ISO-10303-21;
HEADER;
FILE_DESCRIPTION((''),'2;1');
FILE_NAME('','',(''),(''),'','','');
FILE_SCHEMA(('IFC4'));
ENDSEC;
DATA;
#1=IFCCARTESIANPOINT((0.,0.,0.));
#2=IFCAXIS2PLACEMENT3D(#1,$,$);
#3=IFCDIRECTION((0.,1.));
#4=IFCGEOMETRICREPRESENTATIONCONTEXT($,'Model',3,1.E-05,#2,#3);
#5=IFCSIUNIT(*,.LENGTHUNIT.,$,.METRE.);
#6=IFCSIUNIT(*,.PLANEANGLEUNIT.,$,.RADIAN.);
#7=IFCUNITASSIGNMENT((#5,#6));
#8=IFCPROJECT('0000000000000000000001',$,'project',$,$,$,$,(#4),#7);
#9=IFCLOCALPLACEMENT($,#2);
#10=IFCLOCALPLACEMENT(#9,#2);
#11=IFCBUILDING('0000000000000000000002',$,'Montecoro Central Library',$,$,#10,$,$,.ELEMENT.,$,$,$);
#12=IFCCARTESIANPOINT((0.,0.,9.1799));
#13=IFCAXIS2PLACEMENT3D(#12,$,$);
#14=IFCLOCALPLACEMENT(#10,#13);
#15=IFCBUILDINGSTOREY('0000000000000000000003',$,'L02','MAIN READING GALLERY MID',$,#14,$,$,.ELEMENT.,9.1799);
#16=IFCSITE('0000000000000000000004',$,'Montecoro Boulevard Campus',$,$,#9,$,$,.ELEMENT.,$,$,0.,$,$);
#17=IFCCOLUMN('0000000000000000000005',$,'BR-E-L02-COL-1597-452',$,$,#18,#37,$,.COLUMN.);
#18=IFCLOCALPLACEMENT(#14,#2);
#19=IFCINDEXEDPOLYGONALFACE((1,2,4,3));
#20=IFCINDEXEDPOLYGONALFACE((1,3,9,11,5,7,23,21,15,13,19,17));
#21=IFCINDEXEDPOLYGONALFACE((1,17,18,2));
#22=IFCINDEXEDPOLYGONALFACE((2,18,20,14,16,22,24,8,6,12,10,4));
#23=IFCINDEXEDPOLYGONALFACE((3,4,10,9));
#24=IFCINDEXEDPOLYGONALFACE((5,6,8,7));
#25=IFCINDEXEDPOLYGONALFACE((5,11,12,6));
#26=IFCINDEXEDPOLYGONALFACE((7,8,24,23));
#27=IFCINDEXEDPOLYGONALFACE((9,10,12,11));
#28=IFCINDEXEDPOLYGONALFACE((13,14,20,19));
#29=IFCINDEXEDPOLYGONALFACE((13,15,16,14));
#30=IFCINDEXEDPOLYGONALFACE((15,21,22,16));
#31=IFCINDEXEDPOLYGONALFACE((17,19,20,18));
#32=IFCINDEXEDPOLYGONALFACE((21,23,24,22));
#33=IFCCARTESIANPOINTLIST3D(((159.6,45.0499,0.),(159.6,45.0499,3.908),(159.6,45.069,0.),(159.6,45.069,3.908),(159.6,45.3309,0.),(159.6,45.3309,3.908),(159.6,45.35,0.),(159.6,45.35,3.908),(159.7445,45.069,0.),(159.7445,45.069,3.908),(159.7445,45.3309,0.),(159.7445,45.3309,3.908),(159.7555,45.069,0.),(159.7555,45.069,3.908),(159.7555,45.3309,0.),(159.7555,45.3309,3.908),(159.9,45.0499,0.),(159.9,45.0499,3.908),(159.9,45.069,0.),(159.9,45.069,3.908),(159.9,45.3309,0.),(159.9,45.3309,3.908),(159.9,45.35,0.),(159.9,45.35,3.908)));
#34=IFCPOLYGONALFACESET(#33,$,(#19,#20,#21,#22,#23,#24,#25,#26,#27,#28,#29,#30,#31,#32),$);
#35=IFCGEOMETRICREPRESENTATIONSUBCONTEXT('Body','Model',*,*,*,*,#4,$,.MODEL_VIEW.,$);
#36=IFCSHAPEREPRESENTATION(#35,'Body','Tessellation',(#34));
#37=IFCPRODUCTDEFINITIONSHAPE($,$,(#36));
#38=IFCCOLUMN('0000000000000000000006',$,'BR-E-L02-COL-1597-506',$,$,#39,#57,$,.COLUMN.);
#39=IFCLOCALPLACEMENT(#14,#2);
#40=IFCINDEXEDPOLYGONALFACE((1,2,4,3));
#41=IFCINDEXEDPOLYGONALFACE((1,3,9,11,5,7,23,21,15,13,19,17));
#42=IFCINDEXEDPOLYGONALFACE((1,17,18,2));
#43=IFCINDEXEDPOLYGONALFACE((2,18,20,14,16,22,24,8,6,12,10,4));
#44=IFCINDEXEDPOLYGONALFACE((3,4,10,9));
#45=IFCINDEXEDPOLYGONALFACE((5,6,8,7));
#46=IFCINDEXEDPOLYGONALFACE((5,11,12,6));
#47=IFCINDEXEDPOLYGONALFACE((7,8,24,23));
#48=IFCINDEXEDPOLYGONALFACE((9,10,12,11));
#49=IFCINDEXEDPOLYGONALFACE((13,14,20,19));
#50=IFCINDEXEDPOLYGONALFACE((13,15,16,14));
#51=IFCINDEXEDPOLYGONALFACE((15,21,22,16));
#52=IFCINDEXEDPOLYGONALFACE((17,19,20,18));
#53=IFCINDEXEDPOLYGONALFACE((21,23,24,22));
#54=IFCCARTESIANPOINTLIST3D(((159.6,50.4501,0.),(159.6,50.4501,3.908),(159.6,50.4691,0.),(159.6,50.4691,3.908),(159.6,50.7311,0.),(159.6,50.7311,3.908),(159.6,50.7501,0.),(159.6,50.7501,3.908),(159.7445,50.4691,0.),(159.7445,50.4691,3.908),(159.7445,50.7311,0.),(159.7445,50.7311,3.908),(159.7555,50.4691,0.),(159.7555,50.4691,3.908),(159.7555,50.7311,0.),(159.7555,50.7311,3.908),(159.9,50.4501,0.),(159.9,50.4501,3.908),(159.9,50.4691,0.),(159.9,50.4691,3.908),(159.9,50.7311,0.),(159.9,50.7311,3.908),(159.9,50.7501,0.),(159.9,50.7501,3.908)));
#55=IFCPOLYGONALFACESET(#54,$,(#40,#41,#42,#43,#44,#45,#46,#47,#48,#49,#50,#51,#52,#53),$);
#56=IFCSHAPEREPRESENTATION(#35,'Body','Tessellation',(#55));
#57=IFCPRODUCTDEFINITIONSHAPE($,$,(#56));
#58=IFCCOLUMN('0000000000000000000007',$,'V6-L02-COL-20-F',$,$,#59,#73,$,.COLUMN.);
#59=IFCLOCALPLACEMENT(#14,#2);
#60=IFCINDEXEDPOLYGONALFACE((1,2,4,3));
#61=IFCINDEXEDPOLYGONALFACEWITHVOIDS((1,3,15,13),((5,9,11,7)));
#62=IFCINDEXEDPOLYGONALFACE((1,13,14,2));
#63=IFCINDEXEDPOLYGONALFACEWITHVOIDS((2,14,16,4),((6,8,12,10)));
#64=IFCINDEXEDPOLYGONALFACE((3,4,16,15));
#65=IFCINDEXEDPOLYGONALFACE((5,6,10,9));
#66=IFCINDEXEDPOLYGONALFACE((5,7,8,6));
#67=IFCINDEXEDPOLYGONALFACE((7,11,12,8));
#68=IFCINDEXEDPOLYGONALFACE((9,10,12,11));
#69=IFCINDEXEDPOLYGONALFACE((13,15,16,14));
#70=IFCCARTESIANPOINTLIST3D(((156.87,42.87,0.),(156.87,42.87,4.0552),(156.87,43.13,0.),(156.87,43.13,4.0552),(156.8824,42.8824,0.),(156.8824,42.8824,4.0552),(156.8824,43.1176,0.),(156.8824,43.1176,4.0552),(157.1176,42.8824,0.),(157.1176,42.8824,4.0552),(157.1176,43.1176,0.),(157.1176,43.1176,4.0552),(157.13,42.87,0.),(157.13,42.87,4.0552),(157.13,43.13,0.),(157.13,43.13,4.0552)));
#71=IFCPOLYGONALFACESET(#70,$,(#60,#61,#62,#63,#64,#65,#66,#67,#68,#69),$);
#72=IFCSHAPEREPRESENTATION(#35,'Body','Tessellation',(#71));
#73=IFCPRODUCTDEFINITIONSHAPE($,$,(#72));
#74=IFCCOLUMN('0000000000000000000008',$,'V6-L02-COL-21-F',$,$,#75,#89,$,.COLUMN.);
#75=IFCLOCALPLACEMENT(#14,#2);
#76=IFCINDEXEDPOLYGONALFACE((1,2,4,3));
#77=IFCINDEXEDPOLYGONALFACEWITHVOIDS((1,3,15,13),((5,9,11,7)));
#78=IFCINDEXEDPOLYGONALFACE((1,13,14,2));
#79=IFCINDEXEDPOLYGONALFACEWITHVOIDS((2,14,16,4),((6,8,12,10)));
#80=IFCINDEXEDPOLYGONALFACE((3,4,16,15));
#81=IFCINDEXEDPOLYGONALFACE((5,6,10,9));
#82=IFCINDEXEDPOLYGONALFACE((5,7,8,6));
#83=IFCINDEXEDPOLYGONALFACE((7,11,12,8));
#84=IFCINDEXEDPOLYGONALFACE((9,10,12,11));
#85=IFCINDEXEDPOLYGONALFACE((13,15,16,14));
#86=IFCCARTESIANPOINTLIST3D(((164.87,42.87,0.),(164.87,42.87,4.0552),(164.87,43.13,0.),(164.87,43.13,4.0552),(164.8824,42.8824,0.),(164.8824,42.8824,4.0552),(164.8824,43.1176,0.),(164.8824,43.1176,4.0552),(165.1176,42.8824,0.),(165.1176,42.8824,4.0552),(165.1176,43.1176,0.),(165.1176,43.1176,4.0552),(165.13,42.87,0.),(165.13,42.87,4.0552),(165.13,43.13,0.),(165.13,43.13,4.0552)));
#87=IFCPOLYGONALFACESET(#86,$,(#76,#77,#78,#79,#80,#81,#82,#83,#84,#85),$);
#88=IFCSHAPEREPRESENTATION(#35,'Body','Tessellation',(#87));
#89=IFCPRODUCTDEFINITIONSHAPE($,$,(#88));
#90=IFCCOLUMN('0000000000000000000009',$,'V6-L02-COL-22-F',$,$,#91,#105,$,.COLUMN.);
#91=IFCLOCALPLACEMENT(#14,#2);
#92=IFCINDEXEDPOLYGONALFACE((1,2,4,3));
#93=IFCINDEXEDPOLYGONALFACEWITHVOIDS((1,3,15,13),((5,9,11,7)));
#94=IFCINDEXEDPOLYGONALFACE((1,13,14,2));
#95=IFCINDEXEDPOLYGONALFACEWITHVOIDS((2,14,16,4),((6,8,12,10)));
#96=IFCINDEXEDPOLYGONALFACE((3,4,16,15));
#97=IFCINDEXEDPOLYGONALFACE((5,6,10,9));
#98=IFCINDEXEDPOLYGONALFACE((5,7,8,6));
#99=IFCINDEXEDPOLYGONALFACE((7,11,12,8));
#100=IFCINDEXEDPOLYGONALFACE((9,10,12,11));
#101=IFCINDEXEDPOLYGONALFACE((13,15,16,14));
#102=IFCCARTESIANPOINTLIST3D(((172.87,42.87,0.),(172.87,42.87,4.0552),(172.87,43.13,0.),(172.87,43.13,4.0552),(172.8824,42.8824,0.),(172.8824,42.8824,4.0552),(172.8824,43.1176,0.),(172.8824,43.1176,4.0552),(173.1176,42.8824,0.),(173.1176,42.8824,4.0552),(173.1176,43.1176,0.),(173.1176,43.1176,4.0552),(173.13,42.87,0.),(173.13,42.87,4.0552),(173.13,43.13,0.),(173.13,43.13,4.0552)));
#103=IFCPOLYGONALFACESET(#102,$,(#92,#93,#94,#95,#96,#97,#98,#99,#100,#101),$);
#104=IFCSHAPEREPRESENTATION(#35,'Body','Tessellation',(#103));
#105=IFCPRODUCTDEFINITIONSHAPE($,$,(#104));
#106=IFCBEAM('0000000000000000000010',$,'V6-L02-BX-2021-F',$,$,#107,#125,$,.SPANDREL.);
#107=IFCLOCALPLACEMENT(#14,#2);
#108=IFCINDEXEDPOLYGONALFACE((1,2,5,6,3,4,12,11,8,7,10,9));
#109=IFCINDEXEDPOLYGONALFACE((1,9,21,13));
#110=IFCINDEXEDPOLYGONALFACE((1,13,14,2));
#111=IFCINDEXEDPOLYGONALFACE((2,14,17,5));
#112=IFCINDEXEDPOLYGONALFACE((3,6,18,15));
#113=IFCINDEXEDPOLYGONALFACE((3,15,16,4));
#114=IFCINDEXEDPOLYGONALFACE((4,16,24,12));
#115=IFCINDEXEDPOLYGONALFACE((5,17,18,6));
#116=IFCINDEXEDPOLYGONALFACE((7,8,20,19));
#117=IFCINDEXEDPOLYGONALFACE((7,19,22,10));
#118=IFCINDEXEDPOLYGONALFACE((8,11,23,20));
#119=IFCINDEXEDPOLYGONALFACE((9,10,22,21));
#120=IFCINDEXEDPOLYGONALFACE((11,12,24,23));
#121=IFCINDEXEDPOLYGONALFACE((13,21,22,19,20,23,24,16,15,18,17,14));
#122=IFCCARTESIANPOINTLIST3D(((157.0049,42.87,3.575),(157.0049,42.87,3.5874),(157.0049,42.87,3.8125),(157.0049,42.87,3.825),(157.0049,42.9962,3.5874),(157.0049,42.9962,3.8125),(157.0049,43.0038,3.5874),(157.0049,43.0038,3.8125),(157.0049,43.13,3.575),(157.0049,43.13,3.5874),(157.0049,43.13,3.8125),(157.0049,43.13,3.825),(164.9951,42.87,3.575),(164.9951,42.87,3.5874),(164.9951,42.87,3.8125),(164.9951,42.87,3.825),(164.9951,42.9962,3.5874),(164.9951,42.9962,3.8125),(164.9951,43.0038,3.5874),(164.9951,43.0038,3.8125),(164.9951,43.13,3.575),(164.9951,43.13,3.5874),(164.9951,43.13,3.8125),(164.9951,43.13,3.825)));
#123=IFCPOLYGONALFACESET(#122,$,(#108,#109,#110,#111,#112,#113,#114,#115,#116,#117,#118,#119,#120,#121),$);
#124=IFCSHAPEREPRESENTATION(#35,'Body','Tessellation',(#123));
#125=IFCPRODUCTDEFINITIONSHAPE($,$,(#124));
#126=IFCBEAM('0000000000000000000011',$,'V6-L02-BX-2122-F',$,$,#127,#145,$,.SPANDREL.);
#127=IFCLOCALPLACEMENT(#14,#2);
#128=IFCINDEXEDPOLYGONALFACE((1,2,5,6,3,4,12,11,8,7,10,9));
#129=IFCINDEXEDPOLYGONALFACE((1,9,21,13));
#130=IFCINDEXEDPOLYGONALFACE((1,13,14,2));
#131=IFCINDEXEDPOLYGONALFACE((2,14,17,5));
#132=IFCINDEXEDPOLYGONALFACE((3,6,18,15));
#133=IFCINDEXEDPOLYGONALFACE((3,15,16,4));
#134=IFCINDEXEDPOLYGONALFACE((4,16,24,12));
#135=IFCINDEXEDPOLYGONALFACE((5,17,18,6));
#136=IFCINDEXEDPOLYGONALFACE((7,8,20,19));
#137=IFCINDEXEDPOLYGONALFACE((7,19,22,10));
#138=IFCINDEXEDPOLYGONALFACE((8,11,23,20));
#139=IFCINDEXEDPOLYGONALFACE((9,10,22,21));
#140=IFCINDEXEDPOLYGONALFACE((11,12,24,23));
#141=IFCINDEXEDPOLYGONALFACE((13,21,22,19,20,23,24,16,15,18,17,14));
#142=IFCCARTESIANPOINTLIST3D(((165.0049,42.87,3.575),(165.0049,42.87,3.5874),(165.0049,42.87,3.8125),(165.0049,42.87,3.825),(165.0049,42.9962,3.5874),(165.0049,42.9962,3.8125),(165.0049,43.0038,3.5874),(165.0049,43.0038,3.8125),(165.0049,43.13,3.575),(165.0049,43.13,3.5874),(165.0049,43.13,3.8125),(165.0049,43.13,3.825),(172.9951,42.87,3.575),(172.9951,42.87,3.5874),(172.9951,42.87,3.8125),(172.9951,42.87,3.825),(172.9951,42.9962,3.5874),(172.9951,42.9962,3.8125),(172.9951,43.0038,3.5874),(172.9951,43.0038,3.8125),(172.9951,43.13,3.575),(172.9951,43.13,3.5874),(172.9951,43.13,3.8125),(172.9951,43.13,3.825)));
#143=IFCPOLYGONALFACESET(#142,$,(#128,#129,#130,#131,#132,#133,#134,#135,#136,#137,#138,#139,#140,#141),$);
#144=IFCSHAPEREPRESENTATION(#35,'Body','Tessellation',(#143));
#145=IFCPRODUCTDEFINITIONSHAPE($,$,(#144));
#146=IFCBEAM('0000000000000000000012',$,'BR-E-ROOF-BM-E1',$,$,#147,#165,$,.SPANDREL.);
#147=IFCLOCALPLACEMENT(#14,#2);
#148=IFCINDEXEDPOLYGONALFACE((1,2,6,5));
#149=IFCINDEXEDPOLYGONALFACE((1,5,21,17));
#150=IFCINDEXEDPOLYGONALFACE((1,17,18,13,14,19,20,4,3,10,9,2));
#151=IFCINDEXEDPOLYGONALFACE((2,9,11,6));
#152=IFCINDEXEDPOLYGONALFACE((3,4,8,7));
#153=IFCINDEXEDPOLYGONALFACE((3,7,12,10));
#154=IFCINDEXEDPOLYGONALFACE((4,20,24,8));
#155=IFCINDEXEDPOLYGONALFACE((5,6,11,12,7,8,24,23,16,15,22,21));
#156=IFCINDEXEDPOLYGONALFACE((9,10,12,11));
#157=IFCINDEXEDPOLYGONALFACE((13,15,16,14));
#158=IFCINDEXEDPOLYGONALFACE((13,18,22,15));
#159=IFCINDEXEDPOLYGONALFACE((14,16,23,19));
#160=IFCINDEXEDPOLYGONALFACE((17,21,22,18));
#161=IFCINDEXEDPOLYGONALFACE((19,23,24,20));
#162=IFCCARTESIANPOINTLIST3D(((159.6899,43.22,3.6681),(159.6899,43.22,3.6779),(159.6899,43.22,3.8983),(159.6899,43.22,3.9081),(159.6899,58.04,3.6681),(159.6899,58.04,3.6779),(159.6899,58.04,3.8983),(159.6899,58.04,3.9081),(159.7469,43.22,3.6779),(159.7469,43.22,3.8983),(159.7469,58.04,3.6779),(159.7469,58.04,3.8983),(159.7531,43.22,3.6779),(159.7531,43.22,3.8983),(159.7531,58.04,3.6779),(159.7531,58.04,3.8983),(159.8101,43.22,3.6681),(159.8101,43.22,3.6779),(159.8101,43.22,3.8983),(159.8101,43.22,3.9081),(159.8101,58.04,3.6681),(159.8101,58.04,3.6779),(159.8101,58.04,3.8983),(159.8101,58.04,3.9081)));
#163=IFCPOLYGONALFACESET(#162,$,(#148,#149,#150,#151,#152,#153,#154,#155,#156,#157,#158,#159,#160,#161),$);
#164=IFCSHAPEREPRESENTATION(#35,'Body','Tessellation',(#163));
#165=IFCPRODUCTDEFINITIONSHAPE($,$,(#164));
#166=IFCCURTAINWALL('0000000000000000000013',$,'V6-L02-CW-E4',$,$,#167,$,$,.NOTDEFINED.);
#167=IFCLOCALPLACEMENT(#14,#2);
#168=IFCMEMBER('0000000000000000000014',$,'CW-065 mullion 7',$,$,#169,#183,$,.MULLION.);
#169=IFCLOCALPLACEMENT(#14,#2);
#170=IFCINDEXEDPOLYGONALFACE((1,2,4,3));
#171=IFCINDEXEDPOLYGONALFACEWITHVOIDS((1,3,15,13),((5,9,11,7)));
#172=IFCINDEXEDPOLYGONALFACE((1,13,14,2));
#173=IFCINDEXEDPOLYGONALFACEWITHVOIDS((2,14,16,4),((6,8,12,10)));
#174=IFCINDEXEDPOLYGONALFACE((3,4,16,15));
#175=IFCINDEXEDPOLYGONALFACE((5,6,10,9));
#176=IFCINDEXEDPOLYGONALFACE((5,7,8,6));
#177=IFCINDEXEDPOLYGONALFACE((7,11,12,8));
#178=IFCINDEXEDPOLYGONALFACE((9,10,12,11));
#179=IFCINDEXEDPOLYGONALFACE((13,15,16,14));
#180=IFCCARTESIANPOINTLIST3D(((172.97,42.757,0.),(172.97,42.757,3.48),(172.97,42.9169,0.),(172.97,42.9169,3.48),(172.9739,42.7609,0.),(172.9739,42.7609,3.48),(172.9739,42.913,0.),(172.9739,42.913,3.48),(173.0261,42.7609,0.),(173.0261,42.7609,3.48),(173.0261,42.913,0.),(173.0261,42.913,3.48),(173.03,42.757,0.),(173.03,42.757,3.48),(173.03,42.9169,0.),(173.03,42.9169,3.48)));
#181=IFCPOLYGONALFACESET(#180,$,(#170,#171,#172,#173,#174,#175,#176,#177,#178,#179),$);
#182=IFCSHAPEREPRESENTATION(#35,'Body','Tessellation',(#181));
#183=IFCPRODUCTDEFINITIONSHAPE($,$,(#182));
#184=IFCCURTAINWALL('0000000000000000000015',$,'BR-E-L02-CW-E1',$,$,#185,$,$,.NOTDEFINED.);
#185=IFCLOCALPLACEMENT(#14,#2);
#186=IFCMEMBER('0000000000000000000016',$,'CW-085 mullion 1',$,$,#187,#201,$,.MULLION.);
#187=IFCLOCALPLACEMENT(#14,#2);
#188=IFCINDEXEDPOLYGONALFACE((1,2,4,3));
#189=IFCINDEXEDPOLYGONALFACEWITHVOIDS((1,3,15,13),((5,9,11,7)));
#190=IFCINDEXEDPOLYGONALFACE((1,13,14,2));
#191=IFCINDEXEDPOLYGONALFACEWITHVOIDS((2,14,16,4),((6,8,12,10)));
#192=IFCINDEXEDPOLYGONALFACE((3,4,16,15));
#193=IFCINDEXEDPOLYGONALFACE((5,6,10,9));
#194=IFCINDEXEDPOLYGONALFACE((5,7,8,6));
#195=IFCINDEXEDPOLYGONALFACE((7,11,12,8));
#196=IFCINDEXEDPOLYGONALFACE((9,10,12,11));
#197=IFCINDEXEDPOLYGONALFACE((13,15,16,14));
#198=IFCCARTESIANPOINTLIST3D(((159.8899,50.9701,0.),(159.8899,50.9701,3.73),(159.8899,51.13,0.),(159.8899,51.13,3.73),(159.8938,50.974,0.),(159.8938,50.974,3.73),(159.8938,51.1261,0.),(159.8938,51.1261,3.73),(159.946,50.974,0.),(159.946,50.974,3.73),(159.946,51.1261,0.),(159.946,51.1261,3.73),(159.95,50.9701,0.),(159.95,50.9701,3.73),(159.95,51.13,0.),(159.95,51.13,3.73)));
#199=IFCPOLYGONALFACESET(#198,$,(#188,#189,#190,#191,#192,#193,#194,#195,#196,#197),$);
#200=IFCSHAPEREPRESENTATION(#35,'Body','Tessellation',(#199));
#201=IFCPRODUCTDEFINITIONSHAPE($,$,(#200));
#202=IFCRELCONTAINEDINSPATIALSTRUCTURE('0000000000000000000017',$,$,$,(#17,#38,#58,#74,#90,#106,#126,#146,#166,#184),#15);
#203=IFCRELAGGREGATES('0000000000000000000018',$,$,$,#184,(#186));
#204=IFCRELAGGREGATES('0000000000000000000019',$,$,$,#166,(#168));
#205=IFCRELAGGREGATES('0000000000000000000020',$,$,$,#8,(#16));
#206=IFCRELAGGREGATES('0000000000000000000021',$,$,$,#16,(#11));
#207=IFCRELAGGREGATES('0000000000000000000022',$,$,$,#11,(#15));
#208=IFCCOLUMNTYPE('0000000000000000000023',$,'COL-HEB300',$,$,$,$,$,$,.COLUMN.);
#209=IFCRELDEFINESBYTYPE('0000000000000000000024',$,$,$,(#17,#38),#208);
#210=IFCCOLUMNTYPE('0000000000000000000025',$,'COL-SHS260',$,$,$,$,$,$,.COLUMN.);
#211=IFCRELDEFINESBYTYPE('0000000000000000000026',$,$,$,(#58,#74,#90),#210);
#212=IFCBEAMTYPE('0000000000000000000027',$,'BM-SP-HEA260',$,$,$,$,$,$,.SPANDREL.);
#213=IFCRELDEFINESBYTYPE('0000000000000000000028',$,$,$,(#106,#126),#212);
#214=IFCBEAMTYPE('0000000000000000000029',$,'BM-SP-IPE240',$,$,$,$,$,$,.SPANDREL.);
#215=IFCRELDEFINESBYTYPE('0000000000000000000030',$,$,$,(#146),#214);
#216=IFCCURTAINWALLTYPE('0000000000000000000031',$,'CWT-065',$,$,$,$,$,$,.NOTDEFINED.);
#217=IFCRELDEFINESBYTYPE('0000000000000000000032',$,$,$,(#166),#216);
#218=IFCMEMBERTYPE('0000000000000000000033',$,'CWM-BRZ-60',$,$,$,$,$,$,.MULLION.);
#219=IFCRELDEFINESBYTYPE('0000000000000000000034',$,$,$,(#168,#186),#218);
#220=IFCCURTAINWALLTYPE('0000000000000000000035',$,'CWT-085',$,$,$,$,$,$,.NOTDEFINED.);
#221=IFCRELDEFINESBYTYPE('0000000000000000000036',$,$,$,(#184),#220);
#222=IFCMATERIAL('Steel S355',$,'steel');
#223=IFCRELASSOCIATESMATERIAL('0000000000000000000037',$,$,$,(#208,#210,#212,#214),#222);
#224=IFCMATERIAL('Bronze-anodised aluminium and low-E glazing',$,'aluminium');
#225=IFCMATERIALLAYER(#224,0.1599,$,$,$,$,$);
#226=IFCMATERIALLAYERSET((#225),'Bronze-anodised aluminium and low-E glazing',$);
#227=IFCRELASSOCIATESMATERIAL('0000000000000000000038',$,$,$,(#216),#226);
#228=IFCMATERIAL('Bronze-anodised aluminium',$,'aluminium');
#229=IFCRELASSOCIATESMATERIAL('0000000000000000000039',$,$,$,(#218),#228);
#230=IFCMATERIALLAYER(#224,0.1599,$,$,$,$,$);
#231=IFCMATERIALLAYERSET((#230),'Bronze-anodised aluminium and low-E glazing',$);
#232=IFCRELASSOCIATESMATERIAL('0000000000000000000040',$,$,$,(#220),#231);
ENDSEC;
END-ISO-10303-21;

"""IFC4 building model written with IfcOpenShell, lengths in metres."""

from ifc_helpers import new_model, si_unit, direction, frame, origin, origin_2d, place, context, subcontext, project, spatial, hollow_rectangle, i_section, extrude, material, layer, layer_set, material_profile, profile_set, type_object, element, aggregate, save


model = new_model("IFC4")

# Units and contexts
model_context = context("Model", 3, precision=1e-05, world=origin(), true_north=direction((0.0, 1.0)))
body_context = subcontext(model_context, "Body", "Model", "MODEL_VIEW")
ifc_project = project(units=[si_unit("LENGTHUNIT", "METRE"), si_unit("PLANEANGLEUNIT", "RADIAN")], contexts=[model_context])

# Site, building, storey
site_placement = place(None, origin())
site = spatial("IfcSite", under=ifc_project, at=site_placement, Name="Montecoro Boulevard Campus", CompositionType="ELEMENT", RefElevation=0.0)
building_placement = place(site_placement, origin())
building = spatial("IfcBuilding", under=site, at=building_placement, Name="Montecoro Central Library", CompositionType="ELEMENT")
storey_placement = place(building_placement, frame((0.0, 0.0, 9.1799)))
storey = spatial("IfcBuildingStorey", under=building, at=storey_placement, Name="L02", Description="MAIN READING GALLERY MID", CompositionType="ELEMENT", Elevation=9.1799)

# Columns
ifc_material_1 = material(Name="Steel S355", Category="steel")
ifc_material_profile_1 = material_profile(ifc_material_1, i_section(OverallWidth=0.3, OverallDepth=0.3, WebThickness=0.011, FlangeThickness=0.019, at=origin_2d()), Name="HEB 300")
ifc_profile_set_1 = profile_set([ifc_material_profile_1], Name="Steel S355")
column_type_1 = type_object("IfcColumnType", Name="COL-HEB300", PredefinedType="COLUMN", material=ifc_profile_set_1)
for number, where, z_axis, x_axis, name in (
    (1, (159.75, 45.2, 0.0), (0.0, 0.0, 1.0), (1.0, 0.0, 0.0), "BR-E-L02-COL-1597-452"),
    (2, (159.75, 50.6001, 0.0), (0.0, 0.0, 1.0), (1.0, 0.0, 0.0), "BR-E-L02-COL-1597-506"),
):
    element("IfcColumn", number, at=place(storey_placement, frame(where, z_axis=z_axis, x_axis=x_axis)), inside=storey, type_object=column_type_1, Name=name, PredefinedType="COLUMN", context=body_context, shape_type="SweptSolid", body=[
        extrude(i_section(OverallWidth=0.3, OverallDepth=0.3, WebThickness=0.011, FlangeThickness=0.019, at=origin_2d()), origin(), (0.0, 0.0, 1.0), 3.908),
    ])
ifc_material_profile_2 = material_profile(ifc_material_1, hollow_rectangle(XDim=0.26, YDim=0.26, WallThickness=0.0125, at=origin_2d()), Name="SHS 260x260x12.5")
ifc_profile_set_2 = profile_set([ifc_material_profile_2], Name="Steel S355")
column_type_2 = type_object("IfcColumnType", Name="COL-SHS260", PredefinedType="COLUMN", material=ifc_profile_set_2)
for number, where, z_axis, x_axis, name in (
    (3, (157.0, 43.0, 0.0), (0.0, 0.0, 1.0), (1.0, 0.0, 0.0), "V6-L02-COL-20-F"),
    (4, (165.0, 43.0, 0.0), (0.0, 0.0, 1.0), (1.0, 0.0, 0.0), "V6-L02-COL-21-F"),
    (5, (173.0, 43.0, 0.0), (0.0, 0.0, 1.0), (1.0, 0.0, 0.0), "V6-L02-COL-22-F"),
):
    element("IfcColumn", number, at=place(storey_placement, frame(where, z_axis=z_axis, x_axis=x_axis)), inside=storey, type_object=column_type_2, Name=name, PredefinedType="COLUMN", context=body_context, shape_type="SweptSolid", body=[
        extrude(hollow_rectangle(XDim=0.26, YDim=0.26, WallThickness=0.0125, at=origin_2d()), origin(), (0.0, 0.0, 1.0), 4.0552),
    ])

# Beams
ifc_material_profile_3 = material_profile(ifc_material_1, i_section(OverallWidth=0.26, OverallDepth=0.25, WebThickness=0.0076, FlangeThickness=0.0125, at=origin_2d()), Name="HEA 260")
ifc_profile_set_3 = profile_set([ifc_material_profile_3], Name="Steel S355")
beam_type_1 = type_object("IfcBeamType", Name="BM-SP-HEA260", PredefinedType="SPANDREL", material=ifc_profile_set_3)
for number, where, z_axis, x_axis, name in (
    (6, (157.0049, 43.0, 3.7), (1.0, 0.0, 0.0), (0.0, 1.0, 0.0), "V6-L02-BX-2021-F"),
    (7, (165.0049, 43.0, 3.7), (1.0, 0.0, 0.0), (0.0, 1.0, 0.0), "V6-L02-BX-2122-F"),
):
    element("IfcBeam", number, at=place(storey_placement, frame(where, z_axis=z_axis, x_axis=x_axis)), inside=storey, type_object=beam_type_1, Name=name, PredefinedType="SPANDREL", context=body_context, shape_type="SweptSolid", body=[
        extrude(i_section(OverallWidth=0.26, OverallDepth=0.25, WebThickness=0.0076, FlangeThickness=0.0125, at=origin_2d()), origin(), (0.0, 0.0, 1.0), 7.9902),
    ])
ifc_material_profile_4 = material_profile(ifc_material_1, i_section(OverallWidth=0.1201, OverallDepth=0.24, WebThickness=0.0061, FlangeThickness=0.0098, at=origin_2d()), Name="IPE 240")
ifc_profile_set_4 = profile_set([ifc_material_profile_4], Name="Steel S355")
beam_type_2 = type_object("IfcBeamType", Name="BM-SP-IPE240", PredefinedType="SPANDREL", material=ifc_profile_set_4)
beam_placement = place(storey_placement, frame((159.75, 43.22, 3.7881), z_axis=(0.0, 1.0, 0.0), x_axis=(-1.0, 0.0, 0.0)))
element("IfcBeam", 8, at=beam_placement, inside=storey, type_object=beam_type_2, Name="BR-E-ROOF-BM-E1", PredefinedType="SPANDREL", context=body_context, shape_type="SweptSolid", body=[
    extrude(i_section(OverallWidth=0.1201, OverallDepth=0.24, WebThickness=0.0061, FlangeThickness=0.0098, at=origin_2d()), origin(), (0.0, 0.0, 1.0), 14.8201),
])

# Curtain wall, member
ifc_material_2 = material(Name="Bronze-anodised aluminium and low-E glazing", Category="aluminium")
ifc_layer_1 = layer(ifc_material_2, 0.1599)
ifc_layer_set_1 = layer_set([ifc_layer_1], Name="Bronze-anodised aluminium and low-E glazing")
curtain_wall_type_1 = type_object("IfcCurtainWallType", Name="CWT-065", PredefinedType="NOTDEFINED", material=ifc_layer_set_1)
curtain_wall_1_placement = place(storey_placement, origin())
curtain_wall_1 = element("IfcCurtainWall", 9, at=curtain_wall_1_placement, inside=storey, type_object=curtain_wall_type_1, Name="V6-L02-CW-E4", PredefinedType="NOTDEFINED")
ifc_material_3 = material(Name="Bronze-anodised aluminium", Category="aluminium")
ifc_material_profile_5 = material_profile(ifc_material_3, hollow_rectangle(XDim=0.0601, YDim=0.1599, WallThickness=0.0039, at=origin_2d()), Name="CWM 160x60x4.0")
ifc_profile_set_5 = profile_set([ifc_material_profile_5], Name="Bronze-anodised aluminium")
member_type_1 = type_object("IfcMemberType", Name="CWM-BRZ-60", PredefinedType="MULLION", material=ifc_profile_set_5)
member_1_placement = place(storey_placement, frame((173.0, 42.8369, 0.0), z_axis=(0.0, 0.0, 1.0), x_axis=(-1.0, 0.0, 0.0)))
member_1 = element("IfcMember", 10, at=member_1_placement, type_object=member_type_1, Name="CW-065 mullion 7", PredefinedType="MULLION", context=body_context, shape_type="SweptSolid", body=[
    extrude(hollow_rectangle(XDim=0.0601, YDim=0.1599, WallThickness=0.0039, at=origin_2d()), origin(), (0.0, 0.0, 1.0), 3.48),
])

# Curtain wall, member
ifc_layer_2 = layer(ifc_material_2, 0.1599)
ifc_layer_set_2 = layer_set([ifc_layer_2], Name="Bronze-anodised aluminium and low-E glazing")
curtain_wall_type_2 = type_object("IfcCurtainWallType", Name="CWT-085", PredefinedType="NOTDEFINED", material=ifc_layer_set_2)
curtain_wall_2_placement = place(storey_placement, origin())
curtain_wall_2 = element("IfcCurtainWall", 11, at=curtain_wall_2_placement, inside=storey, type_object=curtain_wall_type_2, Name="BR-E-L02-CW-E1", PredefinedType="NOTDEFINED")
member_2_placement = place(storey_placement, frame((159.9199, 51.05, 0.0), z_axis=(0.0, 0.0, 1.0), x_axis=(-1.0, 0.0, 0.0)))
member_2 = element("IfcMember", 12, at=member_2_placement, type_object=member_type_1, Name="CW-085 mullion 1", PredefinedType="MULLION", context=body_context, shape_type="SweptSolid", body=[
    extrude(hollow_rectangle(XDim=0.0601, YDim=0.1599, WallThickness=0.0039, at=origin_2d()), origin(), (0.0, 0.0, 1.0), 3.73),
])

aggregate(curtain_wall_2, [member_2])
aggregate(curtain_wall_1, [member_1])

save(model, "model.ifc")
